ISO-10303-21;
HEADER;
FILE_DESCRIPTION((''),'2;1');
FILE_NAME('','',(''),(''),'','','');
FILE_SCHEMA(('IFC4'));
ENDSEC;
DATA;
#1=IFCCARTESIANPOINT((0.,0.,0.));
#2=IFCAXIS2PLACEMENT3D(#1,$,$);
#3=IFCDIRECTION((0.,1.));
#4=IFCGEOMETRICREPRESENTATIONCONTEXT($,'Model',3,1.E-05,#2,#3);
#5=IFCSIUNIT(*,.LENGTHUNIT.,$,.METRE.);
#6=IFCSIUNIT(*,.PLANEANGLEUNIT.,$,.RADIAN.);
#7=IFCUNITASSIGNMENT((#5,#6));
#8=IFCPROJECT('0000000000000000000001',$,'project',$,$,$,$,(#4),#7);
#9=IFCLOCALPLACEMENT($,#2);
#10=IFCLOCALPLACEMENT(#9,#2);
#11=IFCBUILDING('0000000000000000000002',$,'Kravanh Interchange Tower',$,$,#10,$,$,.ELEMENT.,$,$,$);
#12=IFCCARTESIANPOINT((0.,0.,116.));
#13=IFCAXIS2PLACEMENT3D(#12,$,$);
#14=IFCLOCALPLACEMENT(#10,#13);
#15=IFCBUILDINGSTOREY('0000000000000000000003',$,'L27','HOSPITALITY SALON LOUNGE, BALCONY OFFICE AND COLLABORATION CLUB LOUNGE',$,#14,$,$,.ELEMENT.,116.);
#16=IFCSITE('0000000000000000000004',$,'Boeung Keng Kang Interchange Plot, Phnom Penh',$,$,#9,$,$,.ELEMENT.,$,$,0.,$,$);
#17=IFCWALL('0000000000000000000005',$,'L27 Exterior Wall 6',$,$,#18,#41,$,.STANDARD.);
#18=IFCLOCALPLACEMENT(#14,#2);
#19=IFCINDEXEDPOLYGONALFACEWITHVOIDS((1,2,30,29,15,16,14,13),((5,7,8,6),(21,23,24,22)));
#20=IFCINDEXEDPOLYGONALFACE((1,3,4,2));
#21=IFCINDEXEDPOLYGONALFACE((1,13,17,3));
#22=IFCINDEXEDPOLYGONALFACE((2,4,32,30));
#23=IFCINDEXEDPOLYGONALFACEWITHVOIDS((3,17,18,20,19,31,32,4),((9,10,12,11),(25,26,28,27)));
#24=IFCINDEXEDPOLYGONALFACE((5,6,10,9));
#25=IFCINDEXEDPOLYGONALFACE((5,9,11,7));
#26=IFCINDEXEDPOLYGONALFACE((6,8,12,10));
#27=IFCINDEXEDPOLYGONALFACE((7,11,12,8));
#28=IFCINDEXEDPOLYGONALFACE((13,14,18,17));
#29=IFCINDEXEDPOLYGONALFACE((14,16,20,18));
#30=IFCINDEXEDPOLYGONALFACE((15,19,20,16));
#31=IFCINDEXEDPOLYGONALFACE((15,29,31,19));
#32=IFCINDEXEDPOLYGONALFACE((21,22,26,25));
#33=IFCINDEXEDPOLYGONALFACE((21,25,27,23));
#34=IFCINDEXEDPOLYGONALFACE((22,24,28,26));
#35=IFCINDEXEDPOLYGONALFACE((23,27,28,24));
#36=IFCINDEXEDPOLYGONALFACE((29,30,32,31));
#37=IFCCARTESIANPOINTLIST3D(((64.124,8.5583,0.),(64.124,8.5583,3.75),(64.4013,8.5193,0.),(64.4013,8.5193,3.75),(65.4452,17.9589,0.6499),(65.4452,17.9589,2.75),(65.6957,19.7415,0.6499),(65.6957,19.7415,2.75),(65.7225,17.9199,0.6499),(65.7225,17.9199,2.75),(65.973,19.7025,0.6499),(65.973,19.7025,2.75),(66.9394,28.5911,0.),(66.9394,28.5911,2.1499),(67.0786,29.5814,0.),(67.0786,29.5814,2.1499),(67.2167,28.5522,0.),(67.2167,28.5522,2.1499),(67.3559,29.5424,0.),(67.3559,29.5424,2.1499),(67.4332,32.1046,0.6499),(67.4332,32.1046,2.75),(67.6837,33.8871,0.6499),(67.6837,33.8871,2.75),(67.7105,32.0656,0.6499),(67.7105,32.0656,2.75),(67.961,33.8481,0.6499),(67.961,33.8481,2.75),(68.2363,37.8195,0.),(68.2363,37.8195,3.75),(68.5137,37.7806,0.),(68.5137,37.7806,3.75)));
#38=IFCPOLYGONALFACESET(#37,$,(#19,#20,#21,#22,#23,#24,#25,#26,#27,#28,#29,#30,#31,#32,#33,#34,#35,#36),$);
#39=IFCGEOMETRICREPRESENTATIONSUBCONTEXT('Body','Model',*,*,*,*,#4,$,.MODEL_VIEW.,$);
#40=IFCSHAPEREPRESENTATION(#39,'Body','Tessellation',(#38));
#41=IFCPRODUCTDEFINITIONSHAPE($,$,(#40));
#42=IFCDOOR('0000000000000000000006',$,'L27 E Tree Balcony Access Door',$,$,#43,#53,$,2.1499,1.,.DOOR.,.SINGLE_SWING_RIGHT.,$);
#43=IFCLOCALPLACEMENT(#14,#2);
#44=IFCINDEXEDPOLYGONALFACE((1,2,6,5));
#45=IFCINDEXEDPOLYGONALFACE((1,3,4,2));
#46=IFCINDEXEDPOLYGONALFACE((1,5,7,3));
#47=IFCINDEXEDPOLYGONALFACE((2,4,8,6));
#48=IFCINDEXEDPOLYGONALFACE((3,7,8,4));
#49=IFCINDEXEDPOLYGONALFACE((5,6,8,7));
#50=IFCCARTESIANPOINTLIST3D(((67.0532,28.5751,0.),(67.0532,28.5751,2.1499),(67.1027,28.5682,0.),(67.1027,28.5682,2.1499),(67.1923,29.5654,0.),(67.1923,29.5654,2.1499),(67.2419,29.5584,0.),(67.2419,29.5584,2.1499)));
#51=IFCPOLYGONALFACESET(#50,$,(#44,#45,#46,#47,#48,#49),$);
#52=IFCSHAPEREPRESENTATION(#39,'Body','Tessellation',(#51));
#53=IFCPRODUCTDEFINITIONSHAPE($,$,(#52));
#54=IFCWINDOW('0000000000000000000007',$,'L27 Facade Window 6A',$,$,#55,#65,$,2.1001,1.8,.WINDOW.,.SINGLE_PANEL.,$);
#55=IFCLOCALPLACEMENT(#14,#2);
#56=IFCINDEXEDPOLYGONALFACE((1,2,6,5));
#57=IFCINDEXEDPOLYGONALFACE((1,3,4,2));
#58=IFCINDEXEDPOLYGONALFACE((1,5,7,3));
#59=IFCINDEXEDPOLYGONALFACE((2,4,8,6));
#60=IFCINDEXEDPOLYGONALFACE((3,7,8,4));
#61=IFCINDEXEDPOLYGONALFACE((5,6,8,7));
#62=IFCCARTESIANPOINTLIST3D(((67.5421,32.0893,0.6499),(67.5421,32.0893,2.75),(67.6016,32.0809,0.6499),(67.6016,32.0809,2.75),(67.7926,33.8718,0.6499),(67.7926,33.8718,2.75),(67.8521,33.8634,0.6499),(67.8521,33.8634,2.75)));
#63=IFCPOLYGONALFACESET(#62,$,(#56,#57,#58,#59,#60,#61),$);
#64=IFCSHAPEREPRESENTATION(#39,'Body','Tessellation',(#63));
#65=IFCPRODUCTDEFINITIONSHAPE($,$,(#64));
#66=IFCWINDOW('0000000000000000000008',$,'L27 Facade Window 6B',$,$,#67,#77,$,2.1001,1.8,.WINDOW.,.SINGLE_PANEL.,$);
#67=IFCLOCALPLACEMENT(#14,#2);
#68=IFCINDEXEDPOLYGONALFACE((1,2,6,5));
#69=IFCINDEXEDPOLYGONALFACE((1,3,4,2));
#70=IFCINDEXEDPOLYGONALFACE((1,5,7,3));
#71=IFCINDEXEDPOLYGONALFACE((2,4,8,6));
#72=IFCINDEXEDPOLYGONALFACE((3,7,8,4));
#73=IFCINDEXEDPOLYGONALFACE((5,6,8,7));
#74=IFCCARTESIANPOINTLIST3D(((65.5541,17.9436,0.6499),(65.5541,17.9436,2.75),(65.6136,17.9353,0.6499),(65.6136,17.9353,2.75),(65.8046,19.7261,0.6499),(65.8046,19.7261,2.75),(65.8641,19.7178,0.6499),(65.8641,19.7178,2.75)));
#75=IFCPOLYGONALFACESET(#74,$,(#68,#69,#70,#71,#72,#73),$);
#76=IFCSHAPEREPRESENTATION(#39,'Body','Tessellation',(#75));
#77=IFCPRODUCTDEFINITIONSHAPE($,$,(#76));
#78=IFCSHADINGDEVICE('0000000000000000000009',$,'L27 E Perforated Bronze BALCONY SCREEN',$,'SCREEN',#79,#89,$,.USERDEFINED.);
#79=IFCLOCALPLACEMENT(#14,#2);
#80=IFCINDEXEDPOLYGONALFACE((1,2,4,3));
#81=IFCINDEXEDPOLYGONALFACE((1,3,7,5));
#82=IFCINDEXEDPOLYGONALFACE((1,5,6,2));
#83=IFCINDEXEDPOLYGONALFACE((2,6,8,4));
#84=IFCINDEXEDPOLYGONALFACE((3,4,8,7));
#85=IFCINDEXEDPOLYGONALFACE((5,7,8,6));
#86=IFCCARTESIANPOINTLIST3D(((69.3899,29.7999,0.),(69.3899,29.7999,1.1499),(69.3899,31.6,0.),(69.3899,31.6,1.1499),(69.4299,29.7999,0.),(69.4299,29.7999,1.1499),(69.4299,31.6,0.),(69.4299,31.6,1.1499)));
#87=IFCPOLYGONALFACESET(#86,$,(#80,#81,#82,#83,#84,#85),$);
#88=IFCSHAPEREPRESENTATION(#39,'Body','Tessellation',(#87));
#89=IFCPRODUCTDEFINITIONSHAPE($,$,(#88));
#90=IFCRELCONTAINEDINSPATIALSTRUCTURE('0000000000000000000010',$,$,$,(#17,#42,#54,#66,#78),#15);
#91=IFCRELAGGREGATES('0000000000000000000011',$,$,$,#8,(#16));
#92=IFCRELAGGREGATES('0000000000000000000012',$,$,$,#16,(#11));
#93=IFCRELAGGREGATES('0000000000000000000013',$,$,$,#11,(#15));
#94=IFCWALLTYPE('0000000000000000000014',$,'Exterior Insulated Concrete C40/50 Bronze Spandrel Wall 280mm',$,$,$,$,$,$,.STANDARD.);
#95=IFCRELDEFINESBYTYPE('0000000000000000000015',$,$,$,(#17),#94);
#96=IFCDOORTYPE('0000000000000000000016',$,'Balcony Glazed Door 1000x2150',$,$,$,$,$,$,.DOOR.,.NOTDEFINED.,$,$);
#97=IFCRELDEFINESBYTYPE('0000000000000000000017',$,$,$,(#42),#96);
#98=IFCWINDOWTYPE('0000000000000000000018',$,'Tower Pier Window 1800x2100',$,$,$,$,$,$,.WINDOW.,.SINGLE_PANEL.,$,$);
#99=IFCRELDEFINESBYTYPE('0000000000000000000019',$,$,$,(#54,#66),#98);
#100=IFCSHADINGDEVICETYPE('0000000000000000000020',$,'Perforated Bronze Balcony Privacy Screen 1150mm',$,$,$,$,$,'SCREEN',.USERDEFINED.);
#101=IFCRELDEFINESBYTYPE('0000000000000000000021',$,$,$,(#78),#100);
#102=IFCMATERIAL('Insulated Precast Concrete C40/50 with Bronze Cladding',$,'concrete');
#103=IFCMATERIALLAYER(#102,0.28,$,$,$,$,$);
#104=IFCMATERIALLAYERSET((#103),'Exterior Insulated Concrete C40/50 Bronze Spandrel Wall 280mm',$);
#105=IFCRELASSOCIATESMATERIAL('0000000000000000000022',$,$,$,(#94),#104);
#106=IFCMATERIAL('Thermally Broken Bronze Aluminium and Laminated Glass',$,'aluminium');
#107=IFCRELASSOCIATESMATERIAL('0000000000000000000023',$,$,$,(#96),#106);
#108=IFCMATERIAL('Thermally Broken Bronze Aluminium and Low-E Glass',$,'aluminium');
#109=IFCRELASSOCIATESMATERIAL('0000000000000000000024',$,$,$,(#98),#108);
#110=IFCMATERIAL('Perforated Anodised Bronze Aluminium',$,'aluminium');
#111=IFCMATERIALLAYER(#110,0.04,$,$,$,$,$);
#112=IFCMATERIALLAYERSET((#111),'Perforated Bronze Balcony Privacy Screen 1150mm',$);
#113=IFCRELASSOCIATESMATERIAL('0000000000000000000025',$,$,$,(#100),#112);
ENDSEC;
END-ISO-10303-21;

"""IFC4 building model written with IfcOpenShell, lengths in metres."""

from ifc_helpers import new_model, si_unit, direction, frame, frame_2d, origin, origin_2d, place, context, subcontext, project, spatial, rectangle, extrude, material, layer, layer_set, type_object, element, fill, save


model = new_model("IFC4")

# Units and contexts
model_context = context("Model", 3, precision=1e-05, world=origin(), true_north=direction((0.0, 1.0)))
body_context = subcontext(model_context, "Body", "Model", "MODEL_VIEW")
ifc_project = project(units=[si_unit("LENGTHUNIT", "METRE"), si_unit("PLANEANGLEUNIT", "RADIAN")], contexts=[model_context])

# Site, building, storey
site_placement = place(None, origin())
site = spatial("IfcSite", under=ifc_project, at=site_placement, Name="Boeung Keng Kang Interchange Plot, Phnom Penh", CompositionType="ELEMENT", RefElevation=0.0)
building_placement = place(site_placement, origin())
building = spatial("IfcBuilding", under=site, at=building_placement, Name="Kravanh Interchange Tower", CompositionType="ELEMENT")
storey_placement = place(building_placement, frame((0.0, 0.0, 116.0)))
storey = spatial("IfcBuildingStorey", under=building, at=storey_placement, Name="L27", Description="HOSPITALITY SALON LOUNGE, BALCONY OFFICE AND COLLABORATION CLUB LOUNGE", CompositionType="ELEMENT", Elevation=116.0)

# Wall, openings, door, windows
ifc_material_1 = material(Name="Insulated Precast Concrete C40/50 with Bronze Cladding", Category="concrete")
ifc_layer_1 = layer(ifc_material_1, 0.28)
ifc_layer_set_1 = layer_set([ifc_layer_1], Name="Exterior Insulated Concrete C40/50 Bronze Spandrel Wall 280mm")
wall_type_1 = type_object("IfcWallType", Name="Exterior Insulated Concrete C40/50 Bronze Spandrel Wall 280mm", PredefinedType="STANDARD", material=ifc_layer_set_1)
wall_1_placement = place(storey_placement, frame((68.375, 37.8, 0.0), z_axis=(0.0, 0.0, 1.0), x_axis=(-0.13917, -0.990269, 0.0)))
wall_1 = element("IfcWall", 1, at=wall_1_placement, inside=storey, type_object=wall_type_1, Name="L27 Exterior Wall 6", PredefinedType="STANDARD", context=body_context, shape_type="SweptSolid", body=[
    extrude(rectangle(XDim=29.5488, YDim=0.28, at=frame_2d((14.7744, 0.0))), origin(), (0.0, 0.0, 1.0), 3.75),
])
opening_1_placement = place(wall_1_placement, frame((8.3191, 0.0, 0.0)))
opening_1 = element("IfcOpeningElement", 2, at=opening_1_placement, cuts=wall_1, PredefinedType="OPENING", context=body_context, shape_type="SweptSolid", body=[
    extrude(rectangle(XDim=1.0, YDim=2.1499, at=frame_2d((0.5, 1.075))), frame((0.0, 0.1499, 0.0), z_axis=(0.0, -1.0, 0.0), x_axis=(1.0, 0.0, 0.0)), (0.0, 0.0, 1.0), 0.3),
])
opening_2_placement = place(wall_1_placement, frame((3.9712, 0.0, 0.6499)))
opening_2 = element("IfcOpeningElement", 3, at=opening_2_placement, cuts=wall_1, PredefinedType="OPENING", context=body_context, shape_type="SweptSolid", body=[
    extrude(rectangle(XDim=1.8, YDim=2.1001, at=frame_2d((0.8999, 1.05))), frame((0.0, 0.1499, 0.0), z_axis=(0.0, -1.0, 0.0), x_axis=(1.0, 0.0, 0.0)), (0.0, 0.0, 1.0), 0.3),
])
opening_3_placement = place(wall_1_placement, frame((18.2559, 0.0, 0.6499)))
opening_3 = element("IfcOpeningElement", 4, at=opening_3_placement, cuts=wall_1, PredefinedType="OPENING", context=body_context, shape_type="SweptSolid", body=[
    extrude(rectangle(XDim=1.8, YDim=2.1001, at=frame_2d((0.8999, 1.05))), frame((0.0, 0.1499, 0.0), z_axis=(0.0, -1.0, 0.0), x_axis=(1.0, 0.0, 0.0)), (0.0, 0.0, 1.0), 0.3),
])
ifc_material_2 = material(Name="Thermally Broken Bronze Aluminium and Laminated Glass", Category="aluminium")
door_type_1 = type_object("IfcDoorType", Name="Balcony Glazed Door 1000x2150", OperationType="NOTDEFINED", PredefinedType="DOOR", material=ifc_material_2)
door_1_placement = place(opening_1_placement, origin())
door_1 = element("IfcDoor", 5, at=door_1_placement, inside=storey, type_object=door_type_1, Name="L27 E Tree Balcony Access Door", OperationType="SINGLE_SWING_RIGHT", OverallHeight=2.1499, OverallWidth=1.0, PredefinedType="DOOR", context=body_context, shape_type="SweptSolid", body=[
    extrude(rectangle(XDim=1.0, YDim=2.1499, at=frame_2d((0.5, 1.075))), frame((0.0, 0.0249, 0.0), z_axis=(0.0, -1.0, 0.0), x_axis=(1.0, 0.0, 0.0)), (0.0, 0.0, 1.0), 0.05),
])
fill(opening_1, door_1)
ifc_material_3 = material(Name="Thermally Broken Bronze Aluminium and Low-E Glass", Category="aluminium")
window_type = type_object("IfcWindowType", Name="Tower Pier Window 1800x2100", PartitioningType="SINGLE_PANEL", PredefinedType="WINDOW", material=ifc_material_3)
window_1_placement = place(opening_2_placement, origin())
window_1 = element("IfcWindow", 6, at=window_1_placement, inside=storey, type_object=window_type, Name="L27 Facade Window 6A", OverallHeight=2.1001, OverallWidth=1.8, PartitioningType="SINGLE_PANEL", PredefinedType="WINDOW", context=body_context, shape_type="SweptSolid", body=[
    extrude(rectangle(XDim=1.8, YDim=2.1001, at=frame_2d((0.8999, 1.05))), frame((0.0, 0.03, 0.0), z_axis=(0.0, -1.0, 0.0), x_axis=(1.0, 0.0, 0.0)), (0.0, 0.0, 1.0), 0.0601),
])
fill(opening_2, window_1)
window_2_placement = place(opening_3_placement, origin())
window_2 = element("IfcWindow", 7, at=window_2_placement, inside=storey, type_object=window_type, Name="L27 Facade Window 6B", OverallHeight=2.1001, OverallWidth=1.8, PartitioningType="SINGLE_PANEL", PredefinedType="WINDOW", context=body_context, shape_type="SweptSolid", body=[
    extrude(rectangle(XDim=1.8, YDim=2.1001, at=frame_2d((0.8999, 1.05))), frame((0.0, 0.03, 0.0), z_axis=(0.0, -1.0, 0.0), x_axis=(1.0, 0.0, 0.0)), (0.0, 0.0, 1.0), 0.0601),
])
fill(opening_3, window_2)

# Shading device
ifc_material_4 = material(Name="Perforated Anodised Bronze Aluminium", Category="aluminium")
ifc_layer_2 = layer(ifc_material_4, 0.04)
ifc_layer_set_2 = layer_set([ifc_layer_2], Name="Perforated Bronze Balcony Privacy Screen 1150mm")
shading_device_type = type_object("IfcShadingDeviceType", Name="Perforated Bronze Balcony Privacy Screen 1150mm", ElementType="SCREEN", PredefinedType="USERDEFINED", material=ifc_layer_set_2)
shading_device_placement = place(storey_placement, frame((69.4099, 30.7, 0.0), z_axis=(0.0, 0.0, 1.0), x_axis=(1.0, 0.0, 0.0)))
element("IfcShadingDevice", 8, at=shading_device_placement, inside=storey, type_object=shading_device_type, Name="L27 E Perforated Bronze BALCONY SCREEN", ObjectType="SCREEN", PredefinedType="USERDEFINED", context=body_context, shape_type="SweptSolid", body=[
    extrude(rectangle(XDim=0.04, YDim=1.8, at=origin_2d()), origin(), (0.0, 0.0, 1.0), 1.1499),
])

save(model, "model.ifc")
